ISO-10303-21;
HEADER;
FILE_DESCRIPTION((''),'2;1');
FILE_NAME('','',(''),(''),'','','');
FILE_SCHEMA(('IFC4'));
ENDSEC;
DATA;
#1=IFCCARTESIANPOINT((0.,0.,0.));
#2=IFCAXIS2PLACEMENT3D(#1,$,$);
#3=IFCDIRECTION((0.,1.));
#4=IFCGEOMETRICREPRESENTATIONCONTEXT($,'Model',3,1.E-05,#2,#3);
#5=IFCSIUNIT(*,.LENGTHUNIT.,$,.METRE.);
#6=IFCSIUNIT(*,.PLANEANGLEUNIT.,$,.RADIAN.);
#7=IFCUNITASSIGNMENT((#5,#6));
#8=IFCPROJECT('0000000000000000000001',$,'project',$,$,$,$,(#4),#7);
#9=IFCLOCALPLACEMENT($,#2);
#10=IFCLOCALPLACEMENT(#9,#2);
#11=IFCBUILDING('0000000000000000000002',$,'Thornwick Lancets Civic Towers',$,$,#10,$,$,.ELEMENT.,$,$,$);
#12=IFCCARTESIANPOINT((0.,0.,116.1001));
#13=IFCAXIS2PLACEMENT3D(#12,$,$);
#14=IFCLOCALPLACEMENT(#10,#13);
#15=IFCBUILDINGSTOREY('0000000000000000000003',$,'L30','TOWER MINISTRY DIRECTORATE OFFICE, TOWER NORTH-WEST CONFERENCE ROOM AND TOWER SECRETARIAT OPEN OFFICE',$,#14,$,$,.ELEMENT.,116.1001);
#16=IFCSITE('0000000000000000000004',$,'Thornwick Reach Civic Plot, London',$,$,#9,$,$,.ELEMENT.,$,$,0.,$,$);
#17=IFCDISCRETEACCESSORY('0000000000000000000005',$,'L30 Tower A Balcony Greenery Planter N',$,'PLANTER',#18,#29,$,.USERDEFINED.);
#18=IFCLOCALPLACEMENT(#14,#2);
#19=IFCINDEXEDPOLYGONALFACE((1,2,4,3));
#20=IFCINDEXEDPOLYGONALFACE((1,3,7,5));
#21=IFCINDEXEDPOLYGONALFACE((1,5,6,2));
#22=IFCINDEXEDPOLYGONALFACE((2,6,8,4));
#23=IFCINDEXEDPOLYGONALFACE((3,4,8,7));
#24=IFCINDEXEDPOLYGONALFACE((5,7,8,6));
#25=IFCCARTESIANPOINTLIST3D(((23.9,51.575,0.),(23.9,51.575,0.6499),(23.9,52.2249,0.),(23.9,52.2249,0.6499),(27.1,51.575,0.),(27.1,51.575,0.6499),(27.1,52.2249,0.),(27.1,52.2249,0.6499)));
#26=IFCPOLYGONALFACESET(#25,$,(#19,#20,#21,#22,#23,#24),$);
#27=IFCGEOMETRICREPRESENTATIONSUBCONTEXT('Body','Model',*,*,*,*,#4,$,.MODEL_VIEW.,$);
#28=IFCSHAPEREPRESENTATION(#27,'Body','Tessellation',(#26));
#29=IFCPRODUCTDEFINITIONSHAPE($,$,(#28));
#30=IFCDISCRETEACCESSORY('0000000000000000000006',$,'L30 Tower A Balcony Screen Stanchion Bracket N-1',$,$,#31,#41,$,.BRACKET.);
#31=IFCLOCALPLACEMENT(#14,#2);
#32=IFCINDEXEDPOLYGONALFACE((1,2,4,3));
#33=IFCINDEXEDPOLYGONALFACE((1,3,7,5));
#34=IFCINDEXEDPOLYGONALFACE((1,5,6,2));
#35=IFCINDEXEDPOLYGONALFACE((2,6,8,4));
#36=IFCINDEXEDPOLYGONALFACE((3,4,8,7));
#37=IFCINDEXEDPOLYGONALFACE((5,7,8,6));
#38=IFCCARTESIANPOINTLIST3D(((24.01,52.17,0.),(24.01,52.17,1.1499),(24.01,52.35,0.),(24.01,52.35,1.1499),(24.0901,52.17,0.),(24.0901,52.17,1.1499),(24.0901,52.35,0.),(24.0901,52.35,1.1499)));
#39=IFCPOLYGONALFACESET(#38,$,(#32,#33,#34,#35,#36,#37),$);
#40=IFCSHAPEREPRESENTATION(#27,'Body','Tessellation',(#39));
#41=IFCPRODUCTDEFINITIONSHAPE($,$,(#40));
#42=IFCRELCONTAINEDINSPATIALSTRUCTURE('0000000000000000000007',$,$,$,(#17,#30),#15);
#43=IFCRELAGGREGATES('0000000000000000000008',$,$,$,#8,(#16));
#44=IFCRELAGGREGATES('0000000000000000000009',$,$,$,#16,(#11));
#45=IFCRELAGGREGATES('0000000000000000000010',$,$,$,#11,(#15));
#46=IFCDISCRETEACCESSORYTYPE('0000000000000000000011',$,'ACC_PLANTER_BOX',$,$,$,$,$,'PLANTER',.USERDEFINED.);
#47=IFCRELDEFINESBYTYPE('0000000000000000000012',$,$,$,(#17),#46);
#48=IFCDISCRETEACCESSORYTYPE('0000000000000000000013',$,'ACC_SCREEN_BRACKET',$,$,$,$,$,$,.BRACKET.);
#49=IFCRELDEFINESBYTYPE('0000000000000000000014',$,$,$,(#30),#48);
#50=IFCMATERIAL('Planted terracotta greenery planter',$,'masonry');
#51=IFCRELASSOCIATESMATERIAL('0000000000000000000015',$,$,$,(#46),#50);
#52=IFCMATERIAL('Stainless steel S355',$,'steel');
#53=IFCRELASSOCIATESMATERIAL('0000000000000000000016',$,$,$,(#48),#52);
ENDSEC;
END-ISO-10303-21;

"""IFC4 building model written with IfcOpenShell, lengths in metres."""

from ifc_helpers import new_model, si_unit, direction, frame, origin, origin_2d, place, context, subcontext, project, spatial, rectangle, extrude, material, type_object, element, save


model = new_model("IFC4")

# Units and contexts
model_context = context("Model", 3, precision=1e-05, world=origin(), true_north=direction((0.0, 1.0)))
body_context = subcontext(model_context, "Body", "Model", "MODEL_VIEW")
ifc_project = project(units=[si_unit("LENGTHUNIT", "METRE"), si_unit("PLANEANGLEUNIT", "RADIAN")], contexts=[model_context])

# Site, building, storey
site_placement = place(None, origin())
site = spatial("IfcSite", under=ifc_project, at=site_placement, Name="Thornwick Reach Civic Plot, London", CompositionType="ELEMENT", RefElevation=0.0)
building_placement = place(site_placement, origin())
building = spatial("IfcBuilding", under=site, at=building_placement, Name="Thornwick Lancets Civic Towers", CompositionType="ELEMENT")
storey_placement = place(building_placement, frame((0.0, 0.0, 116.1001)))
storey = spatial("IfcBuildingStorey", under=building, at=storey_placement, Name="L30", Description="TOWER MINISTRY DIRECTORATE OFFICE, TOWER NORTH-WEST CONFERENCE ROOM AND TOWER SECRETARIAT OPEN OFFICE", CompositionType="ELEMENT", Elevation=116.1001)

# Discrete accessories
ifc_material_1 = material(Name="Planted terracotta greenery planter", Category="masonry")
discrete_accessory_type_1 = type_object("IfcDiscreteAccessoryType", Name="ACC_PLANTER_BOX", ElementType="PLANTER", PredefinedType="USERDEFINED", material=ifc_material_1)
discrete_accessory_1_placement = place(storey_placement, frame((25.5, 51.8999, 0.0), z_axis=(0.0, 0.0, 1.0), x_axis=(1.0, 0.0, 0.0)))
element("IfcDiscreteAccessory", 1, at=discrete_accessory_1_placement, inside=storey, type_object=discrete_accessory_type_1, Name="L30 Tower A Balcony Greenery Planter N", ObjectType="PLANTER", PredefinedType="USERDEFINED", context=body_context, shape_type="SweptSolid", body=[
    extrude(rectangle(XDim=3.2, YDim=0.6499, at=origin_2d()), origin(), (0.0, 0.0, 1.0), 0.6499),
])
ifc_material_2 = material(Name="Stainless steel S355", Category="steel")
discrete_accessory_type_2 = type_object("IfcDiscreteAccessoryType", Name="ACC_SCREEN_BRACKET", PredefinedType="BRACKET", material=ifc_material_2)
discrete_accessory_2_placement = place(storey_placement, frame((24.05, 52.26, 0.0), z_axis=(0.0, 0.0, 1.0), x_axis=(1.0, 0.0, 0.0)))
element("IfcDiscreteAccessory", 2, at=discrete_accessory_2_placement, inside=storey, type_object=discrete_accessory_type_2, Name="L30 Tower A Balcony Screen Stanchion Bracket N-1", PredefinedType="BRACKET", context=body_context, shape_type="SweptSolid", body=[
    extrude(rectangle(XDim=0.0801, YDim=0.1799, at=origin_2d()), origin(), (0.0, 0.0, 1.0), 1.1499),
])

save(model, "model.ifc")
